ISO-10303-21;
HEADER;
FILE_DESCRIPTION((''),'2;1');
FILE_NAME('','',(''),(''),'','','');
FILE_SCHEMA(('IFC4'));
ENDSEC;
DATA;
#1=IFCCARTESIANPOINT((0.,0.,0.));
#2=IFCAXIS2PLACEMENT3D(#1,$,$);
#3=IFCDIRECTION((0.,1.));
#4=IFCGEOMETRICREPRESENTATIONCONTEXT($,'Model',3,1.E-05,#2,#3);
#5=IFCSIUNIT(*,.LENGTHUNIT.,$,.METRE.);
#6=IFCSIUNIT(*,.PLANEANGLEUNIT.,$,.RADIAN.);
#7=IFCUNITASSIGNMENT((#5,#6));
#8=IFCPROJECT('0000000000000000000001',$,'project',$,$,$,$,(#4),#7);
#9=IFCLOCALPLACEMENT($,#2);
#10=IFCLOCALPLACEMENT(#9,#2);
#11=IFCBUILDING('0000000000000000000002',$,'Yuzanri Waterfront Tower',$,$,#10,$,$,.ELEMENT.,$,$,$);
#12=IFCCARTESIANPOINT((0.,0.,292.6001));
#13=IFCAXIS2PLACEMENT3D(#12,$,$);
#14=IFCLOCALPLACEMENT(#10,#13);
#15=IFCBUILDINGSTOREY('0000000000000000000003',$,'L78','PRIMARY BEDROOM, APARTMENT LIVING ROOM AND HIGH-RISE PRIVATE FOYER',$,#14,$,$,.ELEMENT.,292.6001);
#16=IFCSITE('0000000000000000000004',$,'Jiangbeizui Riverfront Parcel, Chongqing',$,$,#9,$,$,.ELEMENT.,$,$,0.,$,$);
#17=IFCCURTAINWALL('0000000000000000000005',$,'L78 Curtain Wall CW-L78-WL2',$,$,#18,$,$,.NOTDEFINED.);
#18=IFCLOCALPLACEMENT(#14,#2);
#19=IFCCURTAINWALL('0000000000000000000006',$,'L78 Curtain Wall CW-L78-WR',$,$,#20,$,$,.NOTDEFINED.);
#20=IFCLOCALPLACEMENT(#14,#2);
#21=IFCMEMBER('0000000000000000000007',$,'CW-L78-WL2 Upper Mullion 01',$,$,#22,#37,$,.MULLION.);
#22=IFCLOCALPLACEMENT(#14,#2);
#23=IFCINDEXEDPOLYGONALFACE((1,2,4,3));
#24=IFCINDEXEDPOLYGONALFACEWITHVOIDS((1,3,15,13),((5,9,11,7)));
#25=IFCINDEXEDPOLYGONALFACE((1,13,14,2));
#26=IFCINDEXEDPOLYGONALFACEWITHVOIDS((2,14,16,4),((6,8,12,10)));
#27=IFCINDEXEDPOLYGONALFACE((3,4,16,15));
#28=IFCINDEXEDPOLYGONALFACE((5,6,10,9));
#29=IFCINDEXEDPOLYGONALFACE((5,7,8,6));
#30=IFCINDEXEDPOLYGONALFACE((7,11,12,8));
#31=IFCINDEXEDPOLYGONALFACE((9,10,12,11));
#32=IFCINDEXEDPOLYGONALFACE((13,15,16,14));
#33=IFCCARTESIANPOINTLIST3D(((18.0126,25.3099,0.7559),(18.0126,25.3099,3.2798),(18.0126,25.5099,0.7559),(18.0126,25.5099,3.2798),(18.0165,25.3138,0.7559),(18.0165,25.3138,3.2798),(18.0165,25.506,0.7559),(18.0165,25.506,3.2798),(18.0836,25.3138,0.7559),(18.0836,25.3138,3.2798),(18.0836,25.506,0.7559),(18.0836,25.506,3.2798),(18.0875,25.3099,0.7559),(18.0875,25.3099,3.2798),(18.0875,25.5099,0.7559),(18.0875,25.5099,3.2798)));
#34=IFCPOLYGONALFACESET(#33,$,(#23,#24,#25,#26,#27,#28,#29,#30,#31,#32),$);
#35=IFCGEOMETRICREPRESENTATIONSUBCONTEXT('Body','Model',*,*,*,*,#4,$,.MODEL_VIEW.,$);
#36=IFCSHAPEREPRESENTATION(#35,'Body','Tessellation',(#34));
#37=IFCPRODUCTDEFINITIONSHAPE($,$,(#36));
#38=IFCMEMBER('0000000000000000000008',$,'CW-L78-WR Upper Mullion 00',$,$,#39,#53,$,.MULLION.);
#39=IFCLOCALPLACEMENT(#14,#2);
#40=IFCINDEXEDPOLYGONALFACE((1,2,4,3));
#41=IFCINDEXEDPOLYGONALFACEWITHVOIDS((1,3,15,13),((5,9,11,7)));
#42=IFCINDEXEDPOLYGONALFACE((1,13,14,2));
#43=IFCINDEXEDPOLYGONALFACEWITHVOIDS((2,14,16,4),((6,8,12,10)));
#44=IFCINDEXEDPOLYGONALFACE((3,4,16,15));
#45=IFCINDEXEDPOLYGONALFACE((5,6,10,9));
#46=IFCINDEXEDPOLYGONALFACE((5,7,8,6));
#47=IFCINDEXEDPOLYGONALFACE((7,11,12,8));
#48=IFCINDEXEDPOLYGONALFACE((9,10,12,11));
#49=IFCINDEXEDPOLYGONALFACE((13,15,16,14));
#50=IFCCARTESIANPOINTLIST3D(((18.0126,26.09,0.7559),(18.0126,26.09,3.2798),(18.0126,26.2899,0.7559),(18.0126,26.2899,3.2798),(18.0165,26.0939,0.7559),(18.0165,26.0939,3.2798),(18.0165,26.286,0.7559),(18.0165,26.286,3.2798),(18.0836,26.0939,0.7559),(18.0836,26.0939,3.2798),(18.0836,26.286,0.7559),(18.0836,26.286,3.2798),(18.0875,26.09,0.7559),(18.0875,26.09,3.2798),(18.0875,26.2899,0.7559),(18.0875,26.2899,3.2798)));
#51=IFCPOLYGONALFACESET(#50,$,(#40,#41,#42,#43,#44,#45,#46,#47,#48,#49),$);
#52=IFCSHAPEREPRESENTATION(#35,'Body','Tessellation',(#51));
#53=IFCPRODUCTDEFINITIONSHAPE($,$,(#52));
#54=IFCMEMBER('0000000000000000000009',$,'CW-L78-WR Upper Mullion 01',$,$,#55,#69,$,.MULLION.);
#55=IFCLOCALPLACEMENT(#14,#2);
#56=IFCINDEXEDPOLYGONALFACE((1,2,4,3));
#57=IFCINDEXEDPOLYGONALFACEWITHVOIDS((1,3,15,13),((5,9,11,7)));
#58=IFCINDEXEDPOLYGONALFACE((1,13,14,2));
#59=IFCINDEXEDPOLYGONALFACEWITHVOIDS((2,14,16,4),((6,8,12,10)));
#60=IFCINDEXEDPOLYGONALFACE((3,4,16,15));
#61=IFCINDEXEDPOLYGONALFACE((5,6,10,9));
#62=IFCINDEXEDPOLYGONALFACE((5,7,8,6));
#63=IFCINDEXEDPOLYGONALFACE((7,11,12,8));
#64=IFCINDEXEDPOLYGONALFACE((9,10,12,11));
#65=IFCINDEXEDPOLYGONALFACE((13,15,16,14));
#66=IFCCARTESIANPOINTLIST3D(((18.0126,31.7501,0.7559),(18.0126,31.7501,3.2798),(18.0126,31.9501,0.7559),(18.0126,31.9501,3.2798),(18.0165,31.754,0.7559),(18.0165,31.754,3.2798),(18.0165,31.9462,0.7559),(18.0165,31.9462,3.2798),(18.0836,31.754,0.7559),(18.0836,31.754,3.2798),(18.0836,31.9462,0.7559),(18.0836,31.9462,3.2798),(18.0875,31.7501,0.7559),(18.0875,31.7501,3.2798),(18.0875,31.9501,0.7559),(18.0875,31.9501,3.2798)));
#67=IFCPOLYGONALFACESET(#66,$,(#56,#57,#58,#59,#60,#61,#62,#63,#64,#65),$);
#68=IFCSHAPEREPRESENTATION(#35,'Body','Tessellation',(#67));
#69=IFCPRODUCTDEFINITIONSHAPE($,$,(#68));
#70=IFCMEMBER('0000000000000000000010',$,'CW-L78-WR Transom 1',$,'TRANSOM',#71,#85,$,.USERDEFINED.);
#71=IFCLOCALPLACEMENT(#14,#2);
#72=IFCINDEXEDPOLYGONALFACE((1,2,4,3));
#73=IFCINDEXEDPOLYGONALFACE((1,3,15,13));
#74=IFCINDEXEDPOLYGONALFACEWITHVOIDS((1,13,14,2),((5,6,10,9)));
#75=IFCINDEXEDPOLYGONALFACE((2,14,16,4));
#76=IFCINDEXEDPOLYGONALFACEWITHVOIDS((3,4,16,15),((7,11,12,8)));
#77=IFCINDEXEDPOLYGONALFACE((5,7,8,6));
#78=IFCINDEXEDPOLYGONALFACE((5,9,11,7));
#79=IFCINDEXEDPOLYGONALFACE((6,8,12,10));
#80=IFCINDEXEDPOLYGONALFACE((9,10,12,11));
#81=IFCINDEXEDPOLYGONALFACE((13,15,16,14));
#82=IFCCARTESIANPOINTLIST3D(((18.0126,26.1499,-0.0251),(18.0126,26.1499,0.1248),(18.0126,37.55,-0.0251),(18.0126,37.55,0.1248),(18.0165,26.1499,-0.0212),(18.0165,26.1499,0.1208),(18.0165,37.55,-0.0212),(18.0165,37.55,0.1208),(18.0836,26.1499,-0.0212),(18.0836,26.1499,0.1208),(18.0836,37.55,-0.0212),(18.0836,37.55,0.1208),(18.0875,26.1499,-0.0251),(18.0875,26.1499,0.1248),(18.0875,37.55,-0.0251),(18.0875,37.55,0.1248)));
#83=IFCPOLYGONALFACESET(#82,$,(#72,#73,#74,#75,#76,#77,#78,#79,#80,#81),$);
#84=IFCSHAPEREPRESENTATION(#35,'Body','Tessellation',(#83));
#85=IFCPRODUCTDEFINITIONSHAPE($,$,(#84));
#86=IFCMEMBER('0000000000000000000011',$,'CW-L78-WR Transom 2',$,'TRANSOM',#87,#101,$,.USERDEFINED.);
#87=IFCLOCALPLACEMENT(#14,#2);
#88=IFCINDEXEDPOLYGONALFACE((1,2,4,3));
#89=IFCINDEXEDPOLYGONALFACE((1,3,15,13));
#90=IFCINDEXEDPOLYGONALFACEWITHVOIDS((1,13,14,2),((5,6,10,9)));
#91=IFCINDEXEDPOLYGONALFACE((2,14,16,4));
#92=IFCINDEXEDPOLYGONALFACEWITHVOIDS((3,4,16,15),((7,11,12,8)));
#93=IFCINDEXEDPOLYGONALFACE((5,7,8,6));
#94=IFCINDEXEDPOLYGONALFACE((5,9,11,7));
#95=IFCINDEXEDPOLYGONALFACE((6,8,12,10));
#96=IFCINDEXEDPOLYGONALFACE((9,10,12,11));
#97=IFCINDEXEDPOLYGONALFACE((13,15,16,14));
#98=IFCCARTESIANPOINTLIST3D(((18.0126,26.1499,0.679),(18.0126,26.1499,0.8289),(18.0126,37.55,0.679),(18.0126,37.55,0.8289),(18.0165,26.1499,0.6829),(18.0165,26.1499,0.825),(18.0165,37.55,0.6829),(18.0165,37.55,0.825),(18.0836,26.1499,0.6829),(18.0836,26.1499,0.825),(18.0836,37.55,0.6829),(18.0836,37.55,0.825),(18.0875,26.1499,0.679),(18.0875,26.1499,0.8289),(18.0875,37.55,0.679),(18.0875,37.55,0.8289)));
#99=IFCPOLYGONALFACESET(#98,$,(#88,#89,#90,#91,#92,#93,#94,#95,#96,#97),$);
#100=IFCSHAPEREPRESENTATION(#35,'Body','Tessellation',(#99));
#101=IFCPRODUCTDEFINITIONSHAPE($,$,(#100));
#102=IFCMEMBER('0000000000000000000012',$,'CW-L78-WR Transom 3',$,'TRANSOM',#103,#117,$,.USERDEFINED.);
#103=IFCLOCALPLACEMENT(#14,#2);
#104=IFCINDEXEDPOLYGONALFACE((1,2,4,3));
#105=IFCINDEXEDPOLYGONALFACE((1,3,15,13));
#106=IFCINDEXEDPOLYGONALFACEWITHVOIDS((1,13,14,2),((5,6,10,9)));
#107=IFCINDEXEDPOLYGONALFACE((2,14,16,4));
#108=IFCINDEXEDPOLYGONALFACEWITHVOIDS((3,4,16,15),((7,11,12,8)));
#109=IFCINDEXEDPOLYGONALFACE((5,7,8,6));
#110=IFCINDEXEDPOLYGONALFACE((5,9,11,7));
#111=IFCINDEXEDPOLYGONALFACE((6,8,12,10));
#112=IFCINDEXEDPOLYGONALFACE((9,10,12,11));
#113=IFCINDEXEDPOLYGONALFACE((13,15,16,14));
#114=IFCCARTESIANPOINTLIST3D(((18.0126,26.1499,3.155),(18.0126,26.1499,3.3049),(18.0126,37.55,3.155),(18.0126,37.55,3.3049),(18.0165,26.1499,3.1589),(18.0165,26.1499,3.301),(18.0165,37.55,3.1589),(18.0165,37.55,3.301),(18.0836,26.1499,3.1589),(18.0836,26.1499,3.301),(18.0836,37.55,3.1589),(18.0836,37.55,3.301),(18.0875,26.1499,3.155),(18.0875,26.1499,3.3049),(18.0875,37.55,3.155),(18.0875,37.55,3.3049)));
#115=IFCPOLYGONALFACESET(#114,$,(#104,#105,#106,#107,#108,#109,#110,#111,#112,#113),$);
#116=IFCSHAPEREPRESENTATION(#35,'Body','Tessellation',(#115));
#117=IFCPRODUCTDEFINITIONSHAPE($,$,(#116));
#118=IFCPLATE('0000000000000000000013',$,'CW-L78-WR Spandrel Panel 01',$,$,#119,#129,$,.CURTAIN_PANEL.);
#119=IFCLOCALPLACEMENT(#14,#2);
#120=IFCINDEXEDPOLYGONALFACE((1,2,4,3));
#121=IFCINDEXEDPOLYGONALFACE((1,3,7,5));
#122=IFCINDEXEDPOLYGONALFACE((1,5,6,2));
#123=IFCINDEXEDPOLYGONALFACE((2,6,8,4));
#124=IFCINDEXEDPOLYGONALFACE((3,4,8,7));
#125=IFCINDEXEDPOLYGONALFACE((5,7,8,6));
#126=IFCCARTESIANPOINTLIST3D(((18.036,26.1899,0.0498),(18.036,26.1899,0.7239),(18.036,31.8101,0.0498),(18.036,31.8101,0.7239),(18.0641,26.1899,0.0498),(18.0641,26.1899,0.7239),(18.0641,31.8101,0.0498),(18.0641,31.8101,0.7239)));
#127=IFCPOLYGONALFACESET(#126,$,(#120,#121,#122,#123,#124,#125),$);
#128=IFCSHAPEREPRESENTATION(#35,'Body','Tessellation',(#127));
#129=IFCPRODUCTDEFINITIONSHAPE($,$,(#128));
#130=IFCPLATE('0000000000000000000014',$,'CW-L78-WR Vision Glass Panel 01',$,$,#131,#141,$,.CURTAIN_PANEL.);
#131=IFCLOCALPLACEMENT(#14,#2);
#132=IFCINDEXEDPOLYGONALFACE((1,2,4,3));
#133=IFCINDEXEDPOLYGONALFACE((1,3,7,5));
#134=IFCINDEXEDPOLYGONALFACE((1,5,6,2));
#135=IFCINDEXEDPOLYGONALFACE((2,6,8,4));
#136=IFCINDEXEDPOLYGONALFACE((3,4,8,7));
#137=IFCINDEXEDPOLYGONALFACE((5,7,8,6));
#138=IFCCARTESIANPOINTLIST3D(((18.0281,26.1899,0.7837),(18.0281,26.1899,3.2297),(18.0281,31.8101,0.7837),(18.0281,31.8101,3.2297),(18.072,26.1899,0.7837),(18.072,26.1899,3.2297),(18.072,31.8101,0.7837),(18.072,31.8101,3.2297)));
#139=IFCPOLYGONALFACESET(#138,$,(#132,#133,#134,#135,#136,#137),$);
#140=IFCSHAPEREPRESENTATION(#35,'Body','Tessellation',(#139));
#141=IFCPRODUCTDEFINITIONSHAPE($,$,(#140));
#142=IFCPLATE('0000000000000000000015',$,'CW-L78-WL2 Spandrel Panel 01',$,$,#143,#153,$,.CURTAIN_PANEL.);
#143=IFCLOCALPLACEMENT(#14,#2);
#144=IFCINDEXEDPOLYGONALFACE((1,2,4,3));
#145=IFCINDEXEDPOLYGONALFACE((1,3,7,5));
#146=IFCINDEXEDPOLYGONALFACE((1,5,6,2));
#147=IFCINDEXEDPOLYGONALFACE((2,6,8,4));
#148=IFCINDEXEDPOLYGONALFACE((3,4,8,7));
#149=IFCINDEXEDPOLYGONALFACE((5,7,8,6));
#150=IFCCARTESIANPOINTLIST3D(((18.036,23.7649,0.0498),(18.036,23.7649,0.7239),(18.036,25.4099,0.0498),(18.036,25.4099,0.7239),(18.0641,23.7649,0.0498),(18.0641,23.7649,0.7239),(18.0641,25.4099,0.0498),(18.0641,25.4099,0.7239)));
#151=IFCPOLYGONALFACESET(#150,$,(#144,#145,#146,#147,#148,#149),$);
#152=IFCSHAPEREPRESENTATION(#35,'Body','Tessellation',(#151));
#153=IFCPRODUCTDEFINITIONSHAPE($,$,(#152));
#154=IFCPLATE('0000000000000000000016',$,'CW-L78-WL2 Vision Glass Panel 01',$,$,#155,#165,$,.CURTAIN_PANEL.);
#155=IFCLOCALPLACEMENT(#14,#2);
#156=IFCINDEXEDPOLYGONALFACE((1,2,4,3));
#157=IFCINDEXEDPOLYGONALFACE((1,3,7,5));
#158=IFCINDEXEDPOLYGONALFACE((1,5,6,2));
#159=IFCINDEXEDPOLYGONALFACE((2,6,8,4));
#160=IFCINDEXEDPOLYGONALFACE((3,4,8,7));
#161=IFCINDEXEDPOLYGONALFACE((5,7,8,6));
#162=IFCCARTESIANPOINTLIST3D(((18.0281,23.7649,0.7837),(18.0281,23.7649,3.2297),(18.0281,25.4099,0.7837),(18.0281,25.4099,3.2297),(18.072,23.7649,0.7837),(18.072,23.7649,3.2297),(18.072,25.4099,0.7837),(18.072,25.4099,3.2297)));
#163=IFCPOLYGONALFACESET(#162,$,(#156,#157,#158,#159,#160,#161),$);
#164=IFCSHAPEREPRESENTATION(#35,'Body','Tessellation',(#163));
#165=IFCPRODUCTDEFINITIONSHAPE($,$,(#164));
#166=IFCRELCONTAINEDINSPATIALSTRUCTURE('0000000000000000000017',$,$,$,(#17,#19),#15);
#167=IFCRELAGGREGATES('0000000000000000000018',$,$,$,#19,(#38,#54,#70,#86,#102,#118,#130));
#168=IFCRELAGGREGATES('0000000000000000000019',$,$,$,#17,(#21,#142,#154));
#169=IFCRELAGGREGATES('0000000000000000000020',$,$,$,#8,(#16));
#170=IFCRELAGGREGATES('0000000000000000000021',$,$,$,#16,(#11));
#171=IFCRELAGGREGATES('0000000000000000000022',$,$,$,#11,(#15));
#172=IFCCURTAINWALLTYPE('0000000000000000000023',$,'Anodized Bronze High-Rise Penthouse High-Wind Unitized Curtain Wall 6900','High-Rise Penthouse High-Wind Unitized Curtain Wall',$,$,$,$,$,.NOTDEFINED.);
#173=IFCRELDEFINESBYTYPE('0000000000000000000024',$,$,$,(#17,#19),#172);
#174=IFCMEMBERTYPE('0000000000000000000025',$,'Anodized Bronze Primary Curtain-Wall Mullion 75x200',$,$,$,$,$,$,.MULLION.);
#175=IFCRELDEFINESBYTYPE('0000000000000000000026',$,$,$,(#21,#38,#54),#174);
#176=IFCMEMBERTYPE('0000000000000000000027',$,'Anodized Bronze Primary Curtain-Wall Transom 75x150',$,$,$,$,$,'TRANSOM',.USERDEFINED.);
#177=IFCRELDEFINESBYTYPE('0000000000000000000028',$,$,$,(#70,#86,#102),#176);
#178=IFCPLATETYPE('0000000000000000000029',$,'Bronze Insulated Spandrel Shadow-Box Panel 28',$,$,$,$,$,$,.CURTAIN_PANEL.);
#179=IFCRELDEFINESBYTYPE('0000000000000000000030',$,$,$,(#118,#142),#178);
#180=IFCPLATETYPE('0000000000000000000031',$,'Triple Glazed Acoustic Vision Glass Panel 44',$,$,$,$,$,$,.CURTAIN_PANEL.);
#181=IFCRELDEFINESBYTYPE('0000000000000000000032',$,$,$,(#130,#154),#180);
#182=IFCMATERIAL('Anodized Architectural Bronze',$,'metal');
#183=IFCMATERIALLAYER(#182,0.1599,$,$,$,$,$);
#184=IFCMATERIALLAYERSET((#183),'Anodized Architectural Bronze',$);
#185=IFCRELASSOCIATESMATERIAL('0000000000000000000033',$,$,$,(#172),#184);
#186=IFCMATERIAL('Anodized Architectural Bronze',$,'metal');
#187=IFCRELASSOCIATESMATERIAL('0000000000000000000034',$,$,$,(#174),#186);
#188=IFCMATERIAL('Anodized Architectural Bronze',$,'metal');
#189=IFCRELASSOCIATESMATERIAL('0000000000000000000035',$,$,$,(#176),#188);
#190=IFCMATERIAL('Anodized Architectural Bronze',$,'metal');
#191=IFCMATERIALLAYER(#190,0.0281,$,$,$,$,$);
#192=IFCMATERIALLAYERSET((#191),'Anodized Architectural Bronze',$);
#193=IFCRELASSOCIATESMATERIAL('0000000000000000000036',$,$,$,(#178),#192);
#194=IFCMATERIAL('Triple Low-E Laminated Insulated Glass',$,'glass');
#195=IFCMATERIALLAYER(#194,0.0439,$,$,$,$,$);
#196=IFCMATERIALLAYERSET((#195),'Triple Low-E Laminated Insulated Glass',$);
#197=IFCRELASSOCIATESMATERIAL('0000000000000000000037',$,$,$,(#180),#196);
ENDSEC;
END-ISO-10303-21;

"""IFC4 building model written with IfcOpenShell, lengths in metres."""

from ifc_helpers import new_model, si_unit, direction, frame, origin, origin_2d, place, context, subcontext, project, spatial, rectangle, hollow_rectangle, extrude, source, transform, mapped, material, layer, layer_set, material_profile, profile_set, type_object, element, aggregate, save


model = new_model("IFC4")

# Units and contexts
model_context = context("Model", 3, precision=1e-05, world=origin(), true_north=direction((0.0, 1.0)))
body_context = subcontext(model_context, "Body", "Model", "MODEL_VIEW")
ifc_project = project(units=[si_unit("LENGTHUNIT", "METRE"), si_unit("PLANEANGLEUNIT", "RADIAN")], contexts=[model_context])

# Site, building, storey
site_placement = place(None, origin())
site = spatial("IfcSite", under=ifc_project, at=site_placement, Name="Jiangbeizui Riverfront Parcel, Chongqing", CompositionType="ELEMENT", RefElevation=0.0)
building_placement = place(site_placement, origin())
building = spatial("IfcBuilding", under=site, at=building_placement, Name="Yuzanri Waterfront Tower", CompositionType="ELEMENT")
storey_placement = place(building_placement, frame((0.0, 0.0, 292.6001)))
storey = spatial("IfcBuildingStorey", under=building, at=storey_placement, Name="L78", Description="PRIMARY BEDROOM, APARTMENT LIVING ROOM AND HIGH-RISE PRIVATE FOYER", CompositionType="ELEMENT", Elevation=292.6001)

# Curtain walls
ifc_material_1 = material(Name="Anodized Architectural Bronze", Category="metal")
ifc_layer_1 = layer(ifc_material_1, 0.1599)
ifc_layer_set_1 = layer_set([ifc_layer_1], Name="Anodized Architectural Bronze")
curtain_wall_type = type_object("IfcCurtainWallType", Name="Anodized Bronze High-Rise Penthouse High-Wind Unitized Curtain Wall 6900", Description="High-Rise Penthouse High-Wind Unitized Curtain Wall", PredefinedType="NOTDEFINED", material=ifc_layer_set_1)
curtain_wall_1_placement = place(storey_placement, origin())
curtain_wall_1 = element("IfcCurtainWall", 1, at=curtain_wall_1_placement, inside=storey, type_object=curtain_wall_type, Name="L78 Curtain Wall CW-L78-WL2", PredefinedType="NOTDEFINED")
ifc_material_2 = material(Name="Anodized Architectural Bronze", Category="metal")
ifc_material_profile_1 = material_profile(ifc_material_2, hollow_rectangle(XDim=0.075, YDim=0.2, WallThickness=0.0039, at=origin_2d()), Name="CWM 75x200")
ifc_profile_set_1 = profile_set([ifc_material_profile_1], Name="Anodized Architectural Bronze")
member_type_1 = type_object("IfcMemberType", Name="Anodized Bronze Primary Curtain-Wall Mullion 75x200", PredefinedType="MULLION", material=ifc_profile_set_1)
curtain_wall_2_placement = place(storey_placement, origin())
curtain_wall_2 = element("IfcCurtainWall", 2, at=curtain_wall_2_placement, inside=storey, type_object=curtain_wall_type, Name="L78 Curtain Wall CW-L78-WR", PredefinedType="NOTDEFINED")

# Members
shared_shape_1 = source(origin(), body_context, "Body", "SweptSolid", [
    extrude(hollow_rectangle(XDim=0.075, YDim=0.2, WallThickness=0.0039, at=origin_2d()), origin(), (0.0, 0.0, 1.0), 2.5239),
])
member_1_placement = place(storey_placement, frame((18.05, 25.4099, 0.7559), z_axis=(0.0, 0.0, 1.0), x_axis=(1.0, 0.0, 0.0)))
member_1 = element("IfcMember", 3, at=member_1_placement, type_object=member_type_1, Name="CW-L78-WL2 Upper Mullion 01", PredefinedType="MULLION", context=body_context, shape_type="MappedRepresentation", body=[
    mapped(shared_shape_1, transform((0.0, 0.0, 0.0), scale=1.0)),
])
member_2_placement = place(storey_placement, frame((18.05, 26.1899, 0.7559), z_axis=(0.0, 0.0, 1.0), x_axis=(1.0, 0.0, 0.0)))
member_2 = element("IfcMember", 4, at=member_2_placement, type_object=member_type_1, Name="CW-L78-WR Upper Mullion 00", PredefinedType="MULLION", context=body_context, shape_type="MappedRepresentation", body=[
    mapped(shared_shape_1, transform((0.0, 0.0, 0.0), scale=1.0)),
])
member_3_placement = place(storey_placement, frame((18.05, 31.8501, 0.7559), z_axis=(0.0, 0.0, 1.0), x_axis=(1.0, 0.0, 0.0)))
member_3 = element("IfcMember", 5, at=member_3_placement, type_object=member_type_1, Name="CW-L78-WR Upper Mullion 01", PredefinedType="MULLION", context=body_context, shape_type="MappedRepresentation", body=[
    mapped(shared_shape_1, transform((0.0, 0.0, 0.0), scale=1.0)),
])
ifc_material_3 = material(Name="Anodized Architectural Bronze", Category="metal")
ifc_material_profile_2 = material_profile(ifc_material_3, hollow_rectangle(XDim=0.075, YDim=0.1499, WallThickness=0.0039, at=origin_2d()), Name="CWT 75x150")
ifc_profile_set_2 = profile_set([ifc_material_profile_2], Name="Anodized Architectural Bronze")
member_type_2 = type_object("IfcMemberType", Name="Anodized Bronze Primary Curtain-Wall Transom 75x150", ElementType="TRANSOM", PredefinedType="USERDEFINED", material=ifc_profile_set_2)
shared_shape_2 = source(origin(), body_context, "Body", "SweptSolid", [
    extrude(hollow_rectangle(XDim=0.075, YDim=0.1499, WallThickness=0.0039, at=origin_2d()), origin(), (0.0, 0.0, 1.0), 11.4001),
])
member_4_placement = place(storey_placement, frame((18.05, 26.1499, 0.0498), z_axis=(0.0, 1.0, 0.0), x_axis=(-1.0, 0.0, 0.0)))
member_4 = element("IfcMember", 6, at=member_4_placement, type_object=member_type_2, Name="CW-L78-WR Transom 1", ObjectType="TRANSOM", PredefinedType="USERDEFINED", context=body_context, shape_type="MappedRepresentation", body=[
    mapped(shared_shape_2, transform((0.0, 0.0, 0.0), scale=1.0)),
])
member_5_placement = place(storey_placement, frame((18.05, 26.1499, 0.7539), z_axis=(0.0, 1.0, 0.0), x_axis=(-1.0, 0.0, 0.0)))
member_5 = element("IfcMember", 7, at=member_5_placement, type_object=member_type_2, Name="CW-L78-WR Transom 2", ObjectType="TRANSOM", PredefinedType="USERDEFINED", context=body_context, shape_type="MappedRepresentation", body=[
    mapped(shared_shape_2, transform((0.0, 0.0, 0.0), scale=1.0)),
])
member_6_placement = place(storey_placement, frame((18.05, 26.1499, 3.23), z_axis=(0.0, 1.0, 0.0), x_axis=(-1.0, 0.0, 0.0)))
member_6 = element("IfcMember", 8, at=member_6_placement, type_object=member_type_2, Name="CW-L78-WR Transom 3", ObjectType="TRANSOM", PredefinedType="USERDEFINED", context=body_context, shape_type="MappedRepresentation", body=[
    mapped(shared_shape_2, transform((0.0, 0.0, 0.0), scale=1.0)),
])

# Plates
ifc_material_4 = material(Name="Anodized Architectural Bronze", Category="metal")
ifc_layer_2 = layer(ifc_material_4, 0.0281)
ifc_layer_set_2 = layer_set([ifc_layer_2], Name="Anodized Architectural Bronze")
plate_type_1 = type_object("IfcPlateType", Name="Bronze Insulated Spandrel Shadow-Box Panel 28", PredefinedType="CURTAIN_PANEL", material=ifc_layer_set_2)
shared_shape_3 = source(origin(), body_context, "Body", "SweptSolid", [
    extrude(rectangle(XDim=5.6201, YDim=0.0281, at=origin_2d()), origin(), (0.0, 0.0, 1.0), 0.6741),
])
plate_1_placement = place(storey_placement, frame((18.05, 29.0, 0.0498), z_axis=(0.0, 0.0, 1.0), x_axis=(0.0, 1.0, 0.0)))
plate_1 = element("IfcPlate", 9, at=plate_1_placement, type_object=plate_type_1, Name="CW-L78-WR Spandrel Panel 01", PredefinedType="CURTAIN_PANEL", context=body_context, shape_type="MappedRepresentation", body=[
    mapped(shared_shape_3, transform((0.0, 0.0, 0.0), scale=1.0)),
])
ifc_material_5 = material(Name="Triple Low-E Laminated Insulated Glass", Category="glass")
ifc_layer_3 = layer(ifc_material_5, 0.0439)
ifc_layer_set_3 = layer_set([ifc_layer_3], Name="Triple Low-E Laminated Insulated Glass")
plate_type_2 = type_object("IfcPlateType", Name="Triple Glazed Acoustic Vision Glass Panel 44", PredefinedType="CURTAIN_PANEL", material=ifc_layer_set_3)
shared_shape_4 = source(origin(), body_context, "Body", "SweptSolid", [
    extrude(rectangle(XDim=5.6201, YDim=0.0439, at=origin_2d()), origin(), (0.0, 0.0, 1.0), 2.446),
])
plate_2_placement = place(storey_placement, frame((18.05, 29.0, 0.7837), z_axis=(0.0, 0.0, 1.0), x_axis=(0.0, 1.0, 0.0)))
plate_2 = element("IfcPlate", 10, at=plate_2_placement, type_object=plate_type_2, Name="CW-L78-WR Vision Glass Panel 01", PredefinedType="CURTAIN_PANEL", context=body_context, shape_type="MappedRepresentation", body=[
    mapped(shared_shape_4, transform((0.0, 0.0, 0.0), scale=1.0)),
])
aggregate(curtain_wall_2, [member_2, member_3, member_4, member_5, member_6, plate_1, plate_2])
shared_shape_5 = source(origin(), body_context, "Body", "SweptSolid", [
    extrude(rectangle(XDim=1.645, YDim=0.0281, at=origin_2d()), origin(), (0.0, 0.0, 1.0), 0.6741),
])
plate_3_placement = place(storey_placement, frame((18.05, 24.5874, 0.0498), z_axis=(0.0, 0.0, 1.0), x_axis=(0.0, 1.0, 0.0)))
plate_3 = element("IfcPlate", 11, at=plate_3_placement, type_object=plate_type_1, Name="CW-L78-WL2 Spandrel Panel 01", PredefinedType="CURTAIN_PANEL", context=body_context, shape_type="MappedRepresentation", body=[
    mapped(shared_shape_5, transform((0.0, 0.0, 0.0), scale=1.0)),
])
shared_shape_6 = source(origin(), body_context, "Body", "SweptSolid", [
    extrude(rectangle(XDim=1.645, YDim=0.0439, at=origin_2d()), origin(), (0.0, 0.0, 1.0), 2.446),
])
plate_4_placement = place(storey_placement, frame((18.05, 24.5874, 0.7837), z_axis=(0.0, 0.0, 1.0), x_axis=(0.0, 1.0, 0.0)))
plate_4 = element("IfcPlate", 12, at=plate_4_placement, type_object=plate_type_2, Name="CW-L78-WL2 Vision Glass Panel 01", PredefinedType="CURTAIN_PANEL", context=body_context, shape_type="MappedRepresentation", body=[
    mapped(shared_shape_6, transform((0.0, 0.0, 0.0), scale=1.0)),
])
aggregate(curtain_wall_1, [member_1, plate_3, plate_4])

save(model, "model.ifc")
